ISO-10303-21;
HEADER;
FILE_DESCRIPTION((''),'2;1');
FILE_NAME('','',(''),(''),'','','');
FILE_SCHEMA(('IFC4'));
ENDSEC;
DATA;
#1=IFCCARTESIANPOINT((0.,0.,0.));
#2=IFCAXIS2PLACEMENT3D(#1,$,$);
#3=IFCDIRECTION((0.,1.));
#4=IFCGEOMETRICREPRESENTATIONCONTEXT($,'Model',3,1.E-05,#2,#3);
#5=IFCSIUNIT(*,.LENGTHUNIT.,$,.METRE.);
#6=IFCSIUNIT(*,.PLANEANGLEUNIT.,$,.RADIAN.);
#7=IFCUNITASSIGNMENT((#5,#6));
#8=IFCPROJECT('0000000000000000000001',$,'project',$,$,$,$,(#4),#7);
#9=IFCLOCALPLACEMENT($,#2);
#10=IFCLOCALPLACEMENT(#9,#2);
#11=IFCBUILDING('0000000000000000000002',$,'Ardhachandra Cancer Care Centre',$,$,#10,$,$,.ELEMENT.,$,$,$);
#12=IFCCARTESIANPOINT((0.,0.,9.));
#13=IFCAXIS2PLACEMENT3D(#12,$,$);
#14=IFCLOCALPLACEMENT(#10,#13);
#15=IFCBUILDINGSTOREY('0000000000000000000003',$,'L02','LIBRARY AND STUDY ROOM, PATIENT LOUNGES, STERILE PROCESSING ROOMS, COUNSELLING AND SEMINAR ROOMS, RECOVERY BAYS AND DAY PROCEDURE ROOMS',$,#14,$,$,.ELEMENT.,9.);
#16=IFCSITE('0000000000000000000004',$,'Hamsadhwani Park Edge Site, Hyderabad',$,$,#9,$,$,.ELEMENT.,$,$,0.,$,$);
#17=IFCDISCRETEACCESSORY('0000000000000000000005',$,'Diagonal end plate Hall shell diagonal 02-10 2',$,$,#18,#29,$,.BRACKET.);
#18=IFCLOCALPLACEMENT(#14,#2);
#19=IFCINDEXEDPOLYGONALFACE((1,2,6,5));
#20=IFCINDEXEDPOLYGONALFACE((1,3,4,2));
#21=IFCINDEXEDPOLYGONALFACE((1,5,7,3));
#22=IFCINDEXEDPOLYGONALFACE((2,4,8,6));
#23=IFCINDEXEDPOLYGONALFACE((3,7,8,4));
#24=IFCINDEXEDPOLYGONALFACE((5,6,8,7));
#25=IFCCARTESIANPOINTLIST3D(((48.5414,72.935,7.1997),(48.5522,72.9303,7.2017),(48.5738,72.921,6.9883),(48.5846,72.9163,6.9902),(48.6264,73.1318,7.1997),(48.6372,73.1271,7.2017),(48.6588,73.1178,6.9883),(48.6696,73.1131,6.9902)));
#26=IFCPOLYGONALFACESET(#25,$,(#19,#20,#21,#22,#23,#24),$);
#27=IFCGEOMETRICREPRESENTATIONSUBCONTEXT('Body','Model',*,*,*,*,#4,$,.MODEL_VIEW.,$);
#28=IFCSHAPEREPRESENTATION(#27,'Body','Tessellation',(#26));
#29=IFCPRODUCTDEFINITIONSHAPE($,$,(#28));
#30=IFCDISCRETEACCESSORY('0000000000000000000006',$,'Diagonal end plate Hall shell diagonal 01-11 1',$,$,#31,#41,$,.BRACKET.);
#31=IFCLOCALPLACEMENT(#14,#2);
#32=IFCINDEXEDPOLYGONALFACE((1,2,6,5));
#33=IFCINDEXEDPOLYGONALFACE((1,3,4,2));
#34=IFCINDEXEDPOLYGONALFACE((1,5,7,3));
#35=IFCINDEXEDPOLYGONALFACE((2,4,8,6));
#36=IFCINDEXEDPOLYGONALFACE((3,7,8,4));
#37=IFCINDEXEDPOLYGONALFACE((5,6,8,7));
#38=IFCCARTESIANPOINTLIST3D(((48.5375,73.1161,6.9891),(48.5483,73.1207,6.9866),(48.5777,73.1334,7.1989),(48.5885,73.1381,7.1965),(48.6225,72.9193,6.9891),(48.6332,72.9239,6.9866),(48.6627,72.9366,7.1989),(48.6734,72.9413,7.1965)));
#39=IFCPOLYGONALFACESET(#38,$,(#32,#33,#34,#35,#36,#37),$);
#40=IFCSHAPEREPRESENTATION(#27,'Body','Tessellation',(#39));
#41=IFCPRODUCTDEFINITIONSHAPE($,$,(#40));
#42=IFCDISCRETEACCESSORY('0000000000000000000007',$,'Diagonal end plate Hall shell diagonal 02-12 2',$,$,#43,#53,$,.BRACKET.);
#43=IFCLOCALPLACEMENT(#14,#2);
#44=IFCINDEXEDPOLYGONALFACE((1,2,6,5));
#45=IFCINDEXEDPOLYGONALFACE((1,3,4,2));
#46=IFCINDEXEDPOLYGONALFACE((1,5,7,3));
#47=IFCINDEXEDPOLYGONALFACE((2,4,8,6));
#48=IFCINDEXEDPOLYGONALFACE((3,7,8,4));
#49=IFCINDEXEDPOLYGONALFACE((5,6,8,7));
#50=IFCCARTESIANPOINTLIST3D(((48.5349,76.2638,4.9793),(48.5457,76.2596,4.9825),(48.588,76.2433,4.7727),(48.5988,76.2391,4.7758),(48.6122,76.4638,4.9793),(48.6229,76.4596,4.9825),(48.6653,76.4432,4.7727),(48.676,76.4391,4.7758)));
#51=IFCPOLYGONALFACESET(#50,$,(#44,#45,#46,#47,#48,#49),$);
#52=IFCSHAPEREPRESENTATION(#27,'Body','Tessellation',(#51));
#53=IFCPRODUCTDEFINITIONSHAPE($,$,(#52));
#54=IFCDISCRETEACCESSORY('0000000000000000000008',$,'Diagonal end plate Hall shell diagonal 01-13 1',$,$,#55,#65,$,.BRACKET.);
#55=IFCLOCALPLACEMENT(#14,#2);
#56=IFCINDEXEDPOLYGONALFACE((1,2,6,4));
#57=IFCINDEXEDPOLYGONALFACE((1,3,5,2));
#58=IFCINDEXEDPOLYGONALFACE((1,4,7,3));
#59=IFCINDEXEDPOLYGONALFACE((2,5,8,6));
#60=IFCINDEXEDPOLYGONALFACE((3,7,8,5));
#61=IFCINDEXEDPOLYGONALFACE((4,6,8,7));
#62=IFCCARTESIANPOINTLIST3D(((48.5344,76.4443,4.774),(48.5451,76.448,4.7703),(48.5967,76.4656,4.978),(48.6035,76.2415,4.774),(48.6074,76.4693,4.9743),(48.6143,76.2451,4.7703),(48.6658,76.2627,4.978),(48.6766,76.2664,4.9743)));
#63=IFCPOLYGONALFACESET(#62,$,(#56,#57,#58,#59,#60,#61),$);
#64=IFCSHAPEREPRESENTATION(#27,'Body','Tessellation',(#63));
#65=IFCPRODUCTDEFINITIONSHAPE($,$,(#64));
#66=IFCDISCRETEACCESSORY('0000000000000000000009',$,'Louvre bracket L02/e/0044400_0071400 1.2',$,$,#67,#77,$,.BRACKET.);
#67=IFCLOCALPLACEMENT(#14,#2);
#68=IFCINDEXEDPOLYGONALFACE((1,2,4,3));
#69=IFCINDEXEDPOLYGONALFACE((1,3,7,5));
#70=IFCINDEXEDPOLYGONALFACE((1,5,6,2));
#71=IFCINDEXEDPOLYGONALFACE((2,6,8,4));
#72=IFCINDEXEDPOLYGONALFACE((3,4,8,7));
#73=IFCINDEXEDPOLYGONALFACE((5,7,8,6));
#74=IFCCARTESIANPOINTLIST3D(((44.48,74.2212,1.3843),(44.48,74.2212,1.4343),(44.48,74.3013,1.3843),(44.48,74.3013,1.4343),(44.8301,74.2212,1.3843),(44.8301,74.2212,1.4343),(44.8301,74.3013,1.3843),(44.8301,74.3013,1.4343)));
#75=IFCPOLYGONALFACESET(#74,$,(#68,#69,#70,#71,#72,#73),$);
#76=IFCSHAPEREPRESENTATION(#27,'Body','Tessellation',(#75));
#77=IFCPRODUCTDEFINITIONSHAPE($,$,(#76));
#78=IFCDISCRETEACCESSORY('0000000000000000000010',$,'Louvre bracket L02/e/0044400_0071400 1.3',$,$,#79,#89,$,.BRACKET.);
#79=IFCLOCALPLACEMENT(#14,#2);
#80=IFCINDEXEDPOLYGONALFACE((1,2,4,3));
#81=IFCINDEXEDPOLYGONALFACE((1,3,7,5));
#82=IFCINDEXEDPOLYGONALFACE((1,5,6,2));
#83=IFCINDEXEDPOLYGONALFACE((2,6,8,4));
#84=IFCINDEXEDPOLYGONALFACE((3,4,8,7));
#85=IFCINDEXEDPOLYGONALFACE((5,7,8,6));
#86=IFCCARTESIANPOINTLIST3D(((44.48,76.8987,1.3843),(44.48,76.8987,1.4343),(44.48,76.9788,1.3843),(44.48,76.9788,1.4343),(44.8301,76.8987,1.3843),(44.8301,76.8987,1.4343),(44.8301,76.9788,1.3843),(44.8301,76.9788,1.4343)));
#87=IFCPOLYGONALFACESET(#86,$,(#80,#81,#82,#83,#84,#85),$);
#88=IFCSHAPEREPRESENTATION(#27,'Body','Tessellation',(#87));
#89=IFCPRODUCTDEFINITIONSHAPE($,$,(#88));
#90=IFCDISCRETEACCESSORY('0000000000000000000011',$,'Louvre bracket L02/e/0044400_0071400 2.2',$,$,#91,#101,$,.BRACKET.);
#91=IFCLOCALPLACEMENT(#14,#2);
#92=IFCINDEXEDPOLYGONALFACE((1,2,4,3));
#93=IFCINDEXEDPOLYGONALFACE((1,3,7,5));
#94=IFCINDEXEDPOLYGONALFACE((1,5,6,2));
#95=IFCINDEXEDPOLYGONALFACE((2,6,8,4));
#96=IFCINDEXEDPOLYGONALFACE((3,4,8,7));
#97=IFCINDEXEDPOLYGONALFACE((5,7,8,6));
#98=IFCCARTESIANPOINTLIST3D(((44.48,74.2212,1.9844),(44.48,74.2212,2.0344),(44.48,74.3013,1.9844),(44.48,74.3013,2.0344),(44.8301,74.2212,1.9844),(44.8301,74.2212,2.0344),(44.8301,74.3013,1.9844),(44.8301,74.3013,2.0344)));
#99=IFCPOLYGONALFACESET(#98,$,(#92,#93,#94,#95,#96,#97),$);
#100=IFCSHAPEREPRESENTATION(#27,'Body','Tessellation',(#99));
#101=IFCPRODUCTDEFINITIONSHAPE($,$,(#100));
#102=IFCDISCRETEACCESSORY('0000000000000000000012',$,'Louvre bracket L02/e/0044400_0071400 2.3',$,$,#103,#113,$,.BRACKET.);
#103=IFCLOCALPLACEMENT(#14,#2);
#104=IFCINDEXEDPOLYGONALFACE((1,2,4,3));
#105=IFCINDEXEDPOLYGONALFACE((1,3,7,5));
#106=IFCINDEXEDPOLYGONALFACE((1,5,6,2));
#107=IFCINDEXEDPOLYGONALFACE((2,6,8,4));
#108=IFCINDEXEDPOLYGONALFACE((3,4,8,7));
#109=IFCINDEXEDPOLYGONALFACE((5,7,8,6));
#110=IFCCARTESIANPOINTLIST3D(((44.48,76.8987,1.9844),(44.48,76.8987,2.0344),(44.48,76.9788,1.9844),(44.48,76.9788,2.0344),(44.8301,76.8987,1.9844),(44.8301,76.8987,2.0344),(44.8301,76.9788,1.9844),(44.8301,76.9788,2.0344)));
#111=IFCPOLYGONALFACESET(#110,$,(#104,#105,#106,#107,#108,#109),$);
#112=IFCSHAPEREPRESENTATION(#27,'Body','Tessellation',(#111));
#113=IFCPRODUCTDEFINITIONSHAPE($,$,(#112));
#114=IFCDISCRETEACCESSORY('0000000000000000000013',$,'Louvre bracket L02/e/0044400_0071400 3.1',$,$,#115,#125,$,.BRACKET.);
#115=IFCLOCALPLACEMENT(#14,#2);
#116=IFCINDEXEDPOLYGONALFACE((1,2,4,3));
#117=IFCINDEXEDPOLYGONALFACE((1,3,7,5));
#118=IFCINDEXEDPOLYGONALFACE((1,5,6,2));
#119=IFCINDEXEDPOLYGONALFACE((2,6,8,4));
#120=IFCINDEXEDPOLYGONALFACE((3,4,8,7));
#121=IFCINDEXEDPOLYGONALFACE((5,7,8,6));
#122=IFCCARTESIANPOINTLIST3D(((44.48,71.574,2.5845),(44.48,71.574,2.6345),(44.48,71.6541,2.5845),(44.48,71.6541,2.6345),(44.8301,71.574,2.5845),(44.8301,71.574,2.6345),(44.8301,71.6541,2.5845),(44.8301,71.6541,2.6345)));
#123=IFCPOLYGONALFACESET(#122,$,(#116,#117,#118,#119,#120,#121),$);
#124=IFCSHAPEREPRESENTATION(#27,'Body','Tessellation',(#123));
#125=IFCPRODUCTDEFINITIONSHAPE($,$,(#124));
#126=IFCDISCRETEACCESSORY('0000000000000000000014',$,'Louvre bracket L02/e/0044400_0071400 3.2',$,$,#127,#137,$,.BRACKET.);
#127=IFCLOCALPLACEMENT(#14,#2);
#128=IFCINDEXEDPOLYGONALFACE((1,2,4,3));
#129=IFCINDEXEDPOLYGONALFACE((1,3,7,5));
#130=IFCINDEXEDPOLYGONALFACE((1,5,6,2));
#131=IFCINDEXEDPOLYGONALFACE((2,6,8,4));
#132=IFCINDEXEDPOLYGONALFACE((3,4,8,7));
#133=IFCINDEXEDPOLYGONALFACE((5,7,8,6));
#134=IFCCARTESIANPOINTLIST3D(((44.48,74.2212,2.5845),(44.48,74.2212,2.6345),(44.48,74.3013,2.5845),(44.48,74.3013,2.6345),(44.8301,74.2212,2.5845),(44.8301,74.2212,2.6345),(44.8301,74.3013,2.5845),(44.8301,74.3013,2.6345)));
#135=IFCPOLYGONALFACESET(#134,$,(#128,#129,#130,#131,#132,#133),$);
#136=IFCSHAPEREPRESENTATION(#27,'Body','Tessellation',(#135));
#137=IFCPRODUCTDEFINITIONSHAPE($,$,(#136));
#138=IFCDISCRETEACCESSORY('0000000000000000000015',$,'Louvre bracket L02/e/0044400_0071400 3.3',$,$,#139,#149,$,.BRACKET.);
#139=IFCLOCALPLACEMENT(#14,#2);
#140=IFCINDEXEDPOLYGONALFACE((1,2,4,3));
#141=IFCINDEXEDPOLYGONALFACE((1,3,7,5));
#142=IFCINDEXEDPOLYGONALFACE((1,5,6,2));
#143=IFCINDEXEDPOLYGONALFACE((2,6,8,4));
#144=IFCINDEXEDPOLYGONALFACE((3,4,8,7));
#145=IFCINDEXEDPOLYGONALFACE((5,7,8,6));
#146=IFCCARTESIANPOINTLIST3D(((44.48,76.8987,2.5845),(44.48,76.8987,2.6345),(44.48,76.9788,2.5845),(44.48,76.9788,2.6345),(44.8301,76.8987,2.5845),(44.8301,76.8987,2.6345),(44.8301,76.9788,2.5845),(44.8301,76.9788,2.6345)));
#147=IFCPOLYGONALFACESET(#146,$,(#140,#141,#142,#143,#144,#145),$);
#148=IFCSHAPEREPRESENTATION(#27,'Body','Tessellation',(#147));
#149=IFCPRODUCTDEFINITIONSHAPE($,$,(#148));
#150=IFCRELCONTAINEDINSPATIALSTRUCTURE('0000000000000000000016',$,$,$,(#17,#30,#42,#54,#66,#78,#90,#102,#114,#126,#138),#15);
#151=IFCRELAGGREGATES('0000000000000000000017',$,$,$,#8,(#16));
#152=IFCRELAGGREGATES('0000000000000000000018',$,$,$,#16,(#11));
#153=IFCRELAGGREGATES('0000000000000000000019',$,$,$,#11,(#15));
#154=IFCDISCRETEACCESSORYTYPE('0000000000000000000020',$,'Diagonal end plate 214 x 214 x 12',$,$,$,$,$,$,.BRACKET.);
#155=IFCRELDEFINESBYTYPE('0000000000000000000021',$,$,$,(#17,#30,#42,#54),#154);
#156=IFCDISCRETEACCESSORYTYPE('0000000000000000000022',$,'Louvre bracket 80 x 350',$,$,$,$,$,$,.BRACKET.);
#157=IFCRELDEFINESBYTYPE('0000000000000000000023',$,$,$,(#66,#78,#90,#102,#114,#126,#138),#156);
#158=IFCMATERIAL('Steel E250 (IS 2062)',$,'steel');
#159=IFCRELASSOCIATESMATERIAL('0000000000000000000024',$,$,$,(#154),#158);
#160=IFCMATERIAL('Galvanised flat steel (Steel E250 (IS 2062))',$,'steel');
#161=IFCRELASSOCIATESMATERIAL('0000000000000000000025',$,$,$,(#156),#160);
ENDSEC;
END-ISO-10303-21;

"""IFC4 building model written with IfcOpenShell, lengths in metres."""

from ifc_helpers import new_model, si_unit, direction, frame, origin, origin_2d, place, context, subcontext, project, spatial, rectangle, extrude, material, material_profile, profile_set, type_object, element, save


model = new_model("IFC4")

# Units and contexts
model_context = context("Model", 3, precision=1e-05, world=origin(), true_north=direction((0.0, 1.0)))
body_context = subcontext(model_context, "Body", "Model", "MODEL_VIEW")
ifc_project = project(units=[si_unit("LENGTHUNIT", "METRE"), si_unit("PLANEANGLEUNIT", "RADIAN")], contexts=[model_context])

# Site, building, storey
site_placement = place(None, origin())
site = spatial("IfcSite", under=ifc_project, at=site_placement, Name="Hamsadhwani Park Edge Site, Hyderabad", CompositionType="ELEMENT", RefElevation=0.0)
building_placement = place(site_placement, origin())
building = spatial("IfcBuilding", under=site, at=building_placement, Name="Ardhachandra Cancer Care Centre", CompositionType="ELEMENT")
storey_placement = place(building_placement, frame((0.0, 0.0, 9.0)))
storey = spatial("IfcBuildingStorey", under=building, at=storey_placement, Name="L02", Description="LIBRARY AND STUDY ROOM, PATIENT LOUNGES, STERILE PROCESSING ROOMS, COUNSELLING AND SEMINAR ROOMS, RECOVERY BAYS AND DAY PROCEDURE ROOMS", CompositionType="ELEMENT", Elevation=9.0)

# Discrete accessories
ifc_material_1 = material(Name="Steel E250 (IS 2062)", Category="steel")
ifc_material_profile_1 = material_profile(ifc_material_1, rectangle(XDim=0.2144, YDim=0.2144, at=origin_2d()), Name="PL 214x214x12")
ifc_profile_set_1 = profile_set([ifc_material_profile_1], Name="Steel E250 (IS 2062)")
discrete_accessory_type_1 = type_object("IfcDiscreteAccessoryType", Name="Diagonal end plate 214 x 214 x 12", PredefinedType="BRACKET", material=ifc_profile_set_1)
for number, where, z_axis, x_axis, name in (
    (1, (48.6001, 73.0264, 7.094), (0.905534, -0.391026, 0.164643), (0.396436, 0.918062, 0.0), "Diagonal end plate Hall shell diagonal 02-10 2"),
    (2, (48.6001, 73.0264, 7.094), (0.898708, 0.388079, -0.204252), (-0.396436, 0.918062, 0.0), "Diagonal end plate Hall shell diagonal 01-11 1"),
    (3, (48.6001, 76.3535, 4.876), (0.899271, -0.347446, 0.265694), (0.360399, 0.932798, 0.0), "Diagonal end plate Hall shell diagonal 02-12 2"),
    (4, (48.6001, 76.3535, 4.876), (0.900777, 0.307083, -0.307083), (-0.322674, 0.94651, 0.0), "Diagonal end plate Hall shell diagonal 01-13 1"),
):
    element("IfcDiscreteAccessory", number, at=place(storey_placement, frame(where, z_axis=z_axis, x_axis=x_axis)), inside=storey, type_object=discrete_accessory_type_1, Name=name, PredefinedType="BRACKET", context=body_context, shape_type="SweptSolid", body=[
        extrude(rectangle(XDim=0.2144, YDim=0.2144, at=origin_2d()), origin(), (0.0, 0.0, 1.0), 0.012),
    ])
ifc_material_2 = material(Name="Galvanised flat steel (Steel E250 (IS 2062))", Category="steel")
discrete_accessory_type_2 = type_object("IfcDiscreteAccessoryType", Name="Louvre bracket 80 x 350", PredefinedType="BRACKET", material=ifc_material_2)
for number, where, z_axis, x_axis, name in (
    (5, (44.655, 74.2612, 1.3843), (0.0, 0.0, 1.0), (0.0, 1.0, 0.0), "Louvre bracket L02/e/0044400_0071400 1.2"),
    (6, (44.655, 76.9387, 1.3843), (0.0, 0.0, 1.0), (0.0, 1.0, 0.0), "Louvre bracket L02/e/0044400_0071400 1.3"),
    (7, (44.655, 74.2612, 1.9844), (0.0, 0.0, 1.0), (0.0, 1.0, 0.0), "Louvre bracket L02/e/0044400_0071400 2.2"),
    (8, (44.655, 76.9387, 1.9844), (0.0, 0.0, 1.0), (0.0, 1.0, 0.0), "Louvre bracket L02/e/0044400_0071400 2.3"),
    (9, (44.655, 71.614, 2.5845), (0.0, 0.0, 1.0), (0.0, 1.0, 0.0), "Louvre bracket L02/e/0044400_0071400 3.1"),
    (10, (44.655, 74.2612, 2.5845), (0.0, 0.0, 1.0), (0.0, 1.0, 0.0), "Louvre bracket L02/e/0044400_0071400 3.2"),
    (11, (44.655, 76.9387, 2.5845), (0.0, 0.0, 1.0), (0.0, 1.0, 0.0), "Louvre bracket L02/e/0044400_0071400 3.3"),
):
    element("IfcDiscreteAccessory", number, at=place(storey_placement, frame(where, z_axis=z_axis, x_axis=x_axis)), inside=storey, type_object=discrete_accessory_type_2, Name=name, PredefinedType="BRACKET", context=body_context, shape_type="SweptSolid", body=[
        extrude(rectangle(XDim=0.0801, YDim=0.3501, at=origin_2d()), origin(), (0.0, 0.0, 1.0), 0.05),
    ])

save(model, "model.ifc")
